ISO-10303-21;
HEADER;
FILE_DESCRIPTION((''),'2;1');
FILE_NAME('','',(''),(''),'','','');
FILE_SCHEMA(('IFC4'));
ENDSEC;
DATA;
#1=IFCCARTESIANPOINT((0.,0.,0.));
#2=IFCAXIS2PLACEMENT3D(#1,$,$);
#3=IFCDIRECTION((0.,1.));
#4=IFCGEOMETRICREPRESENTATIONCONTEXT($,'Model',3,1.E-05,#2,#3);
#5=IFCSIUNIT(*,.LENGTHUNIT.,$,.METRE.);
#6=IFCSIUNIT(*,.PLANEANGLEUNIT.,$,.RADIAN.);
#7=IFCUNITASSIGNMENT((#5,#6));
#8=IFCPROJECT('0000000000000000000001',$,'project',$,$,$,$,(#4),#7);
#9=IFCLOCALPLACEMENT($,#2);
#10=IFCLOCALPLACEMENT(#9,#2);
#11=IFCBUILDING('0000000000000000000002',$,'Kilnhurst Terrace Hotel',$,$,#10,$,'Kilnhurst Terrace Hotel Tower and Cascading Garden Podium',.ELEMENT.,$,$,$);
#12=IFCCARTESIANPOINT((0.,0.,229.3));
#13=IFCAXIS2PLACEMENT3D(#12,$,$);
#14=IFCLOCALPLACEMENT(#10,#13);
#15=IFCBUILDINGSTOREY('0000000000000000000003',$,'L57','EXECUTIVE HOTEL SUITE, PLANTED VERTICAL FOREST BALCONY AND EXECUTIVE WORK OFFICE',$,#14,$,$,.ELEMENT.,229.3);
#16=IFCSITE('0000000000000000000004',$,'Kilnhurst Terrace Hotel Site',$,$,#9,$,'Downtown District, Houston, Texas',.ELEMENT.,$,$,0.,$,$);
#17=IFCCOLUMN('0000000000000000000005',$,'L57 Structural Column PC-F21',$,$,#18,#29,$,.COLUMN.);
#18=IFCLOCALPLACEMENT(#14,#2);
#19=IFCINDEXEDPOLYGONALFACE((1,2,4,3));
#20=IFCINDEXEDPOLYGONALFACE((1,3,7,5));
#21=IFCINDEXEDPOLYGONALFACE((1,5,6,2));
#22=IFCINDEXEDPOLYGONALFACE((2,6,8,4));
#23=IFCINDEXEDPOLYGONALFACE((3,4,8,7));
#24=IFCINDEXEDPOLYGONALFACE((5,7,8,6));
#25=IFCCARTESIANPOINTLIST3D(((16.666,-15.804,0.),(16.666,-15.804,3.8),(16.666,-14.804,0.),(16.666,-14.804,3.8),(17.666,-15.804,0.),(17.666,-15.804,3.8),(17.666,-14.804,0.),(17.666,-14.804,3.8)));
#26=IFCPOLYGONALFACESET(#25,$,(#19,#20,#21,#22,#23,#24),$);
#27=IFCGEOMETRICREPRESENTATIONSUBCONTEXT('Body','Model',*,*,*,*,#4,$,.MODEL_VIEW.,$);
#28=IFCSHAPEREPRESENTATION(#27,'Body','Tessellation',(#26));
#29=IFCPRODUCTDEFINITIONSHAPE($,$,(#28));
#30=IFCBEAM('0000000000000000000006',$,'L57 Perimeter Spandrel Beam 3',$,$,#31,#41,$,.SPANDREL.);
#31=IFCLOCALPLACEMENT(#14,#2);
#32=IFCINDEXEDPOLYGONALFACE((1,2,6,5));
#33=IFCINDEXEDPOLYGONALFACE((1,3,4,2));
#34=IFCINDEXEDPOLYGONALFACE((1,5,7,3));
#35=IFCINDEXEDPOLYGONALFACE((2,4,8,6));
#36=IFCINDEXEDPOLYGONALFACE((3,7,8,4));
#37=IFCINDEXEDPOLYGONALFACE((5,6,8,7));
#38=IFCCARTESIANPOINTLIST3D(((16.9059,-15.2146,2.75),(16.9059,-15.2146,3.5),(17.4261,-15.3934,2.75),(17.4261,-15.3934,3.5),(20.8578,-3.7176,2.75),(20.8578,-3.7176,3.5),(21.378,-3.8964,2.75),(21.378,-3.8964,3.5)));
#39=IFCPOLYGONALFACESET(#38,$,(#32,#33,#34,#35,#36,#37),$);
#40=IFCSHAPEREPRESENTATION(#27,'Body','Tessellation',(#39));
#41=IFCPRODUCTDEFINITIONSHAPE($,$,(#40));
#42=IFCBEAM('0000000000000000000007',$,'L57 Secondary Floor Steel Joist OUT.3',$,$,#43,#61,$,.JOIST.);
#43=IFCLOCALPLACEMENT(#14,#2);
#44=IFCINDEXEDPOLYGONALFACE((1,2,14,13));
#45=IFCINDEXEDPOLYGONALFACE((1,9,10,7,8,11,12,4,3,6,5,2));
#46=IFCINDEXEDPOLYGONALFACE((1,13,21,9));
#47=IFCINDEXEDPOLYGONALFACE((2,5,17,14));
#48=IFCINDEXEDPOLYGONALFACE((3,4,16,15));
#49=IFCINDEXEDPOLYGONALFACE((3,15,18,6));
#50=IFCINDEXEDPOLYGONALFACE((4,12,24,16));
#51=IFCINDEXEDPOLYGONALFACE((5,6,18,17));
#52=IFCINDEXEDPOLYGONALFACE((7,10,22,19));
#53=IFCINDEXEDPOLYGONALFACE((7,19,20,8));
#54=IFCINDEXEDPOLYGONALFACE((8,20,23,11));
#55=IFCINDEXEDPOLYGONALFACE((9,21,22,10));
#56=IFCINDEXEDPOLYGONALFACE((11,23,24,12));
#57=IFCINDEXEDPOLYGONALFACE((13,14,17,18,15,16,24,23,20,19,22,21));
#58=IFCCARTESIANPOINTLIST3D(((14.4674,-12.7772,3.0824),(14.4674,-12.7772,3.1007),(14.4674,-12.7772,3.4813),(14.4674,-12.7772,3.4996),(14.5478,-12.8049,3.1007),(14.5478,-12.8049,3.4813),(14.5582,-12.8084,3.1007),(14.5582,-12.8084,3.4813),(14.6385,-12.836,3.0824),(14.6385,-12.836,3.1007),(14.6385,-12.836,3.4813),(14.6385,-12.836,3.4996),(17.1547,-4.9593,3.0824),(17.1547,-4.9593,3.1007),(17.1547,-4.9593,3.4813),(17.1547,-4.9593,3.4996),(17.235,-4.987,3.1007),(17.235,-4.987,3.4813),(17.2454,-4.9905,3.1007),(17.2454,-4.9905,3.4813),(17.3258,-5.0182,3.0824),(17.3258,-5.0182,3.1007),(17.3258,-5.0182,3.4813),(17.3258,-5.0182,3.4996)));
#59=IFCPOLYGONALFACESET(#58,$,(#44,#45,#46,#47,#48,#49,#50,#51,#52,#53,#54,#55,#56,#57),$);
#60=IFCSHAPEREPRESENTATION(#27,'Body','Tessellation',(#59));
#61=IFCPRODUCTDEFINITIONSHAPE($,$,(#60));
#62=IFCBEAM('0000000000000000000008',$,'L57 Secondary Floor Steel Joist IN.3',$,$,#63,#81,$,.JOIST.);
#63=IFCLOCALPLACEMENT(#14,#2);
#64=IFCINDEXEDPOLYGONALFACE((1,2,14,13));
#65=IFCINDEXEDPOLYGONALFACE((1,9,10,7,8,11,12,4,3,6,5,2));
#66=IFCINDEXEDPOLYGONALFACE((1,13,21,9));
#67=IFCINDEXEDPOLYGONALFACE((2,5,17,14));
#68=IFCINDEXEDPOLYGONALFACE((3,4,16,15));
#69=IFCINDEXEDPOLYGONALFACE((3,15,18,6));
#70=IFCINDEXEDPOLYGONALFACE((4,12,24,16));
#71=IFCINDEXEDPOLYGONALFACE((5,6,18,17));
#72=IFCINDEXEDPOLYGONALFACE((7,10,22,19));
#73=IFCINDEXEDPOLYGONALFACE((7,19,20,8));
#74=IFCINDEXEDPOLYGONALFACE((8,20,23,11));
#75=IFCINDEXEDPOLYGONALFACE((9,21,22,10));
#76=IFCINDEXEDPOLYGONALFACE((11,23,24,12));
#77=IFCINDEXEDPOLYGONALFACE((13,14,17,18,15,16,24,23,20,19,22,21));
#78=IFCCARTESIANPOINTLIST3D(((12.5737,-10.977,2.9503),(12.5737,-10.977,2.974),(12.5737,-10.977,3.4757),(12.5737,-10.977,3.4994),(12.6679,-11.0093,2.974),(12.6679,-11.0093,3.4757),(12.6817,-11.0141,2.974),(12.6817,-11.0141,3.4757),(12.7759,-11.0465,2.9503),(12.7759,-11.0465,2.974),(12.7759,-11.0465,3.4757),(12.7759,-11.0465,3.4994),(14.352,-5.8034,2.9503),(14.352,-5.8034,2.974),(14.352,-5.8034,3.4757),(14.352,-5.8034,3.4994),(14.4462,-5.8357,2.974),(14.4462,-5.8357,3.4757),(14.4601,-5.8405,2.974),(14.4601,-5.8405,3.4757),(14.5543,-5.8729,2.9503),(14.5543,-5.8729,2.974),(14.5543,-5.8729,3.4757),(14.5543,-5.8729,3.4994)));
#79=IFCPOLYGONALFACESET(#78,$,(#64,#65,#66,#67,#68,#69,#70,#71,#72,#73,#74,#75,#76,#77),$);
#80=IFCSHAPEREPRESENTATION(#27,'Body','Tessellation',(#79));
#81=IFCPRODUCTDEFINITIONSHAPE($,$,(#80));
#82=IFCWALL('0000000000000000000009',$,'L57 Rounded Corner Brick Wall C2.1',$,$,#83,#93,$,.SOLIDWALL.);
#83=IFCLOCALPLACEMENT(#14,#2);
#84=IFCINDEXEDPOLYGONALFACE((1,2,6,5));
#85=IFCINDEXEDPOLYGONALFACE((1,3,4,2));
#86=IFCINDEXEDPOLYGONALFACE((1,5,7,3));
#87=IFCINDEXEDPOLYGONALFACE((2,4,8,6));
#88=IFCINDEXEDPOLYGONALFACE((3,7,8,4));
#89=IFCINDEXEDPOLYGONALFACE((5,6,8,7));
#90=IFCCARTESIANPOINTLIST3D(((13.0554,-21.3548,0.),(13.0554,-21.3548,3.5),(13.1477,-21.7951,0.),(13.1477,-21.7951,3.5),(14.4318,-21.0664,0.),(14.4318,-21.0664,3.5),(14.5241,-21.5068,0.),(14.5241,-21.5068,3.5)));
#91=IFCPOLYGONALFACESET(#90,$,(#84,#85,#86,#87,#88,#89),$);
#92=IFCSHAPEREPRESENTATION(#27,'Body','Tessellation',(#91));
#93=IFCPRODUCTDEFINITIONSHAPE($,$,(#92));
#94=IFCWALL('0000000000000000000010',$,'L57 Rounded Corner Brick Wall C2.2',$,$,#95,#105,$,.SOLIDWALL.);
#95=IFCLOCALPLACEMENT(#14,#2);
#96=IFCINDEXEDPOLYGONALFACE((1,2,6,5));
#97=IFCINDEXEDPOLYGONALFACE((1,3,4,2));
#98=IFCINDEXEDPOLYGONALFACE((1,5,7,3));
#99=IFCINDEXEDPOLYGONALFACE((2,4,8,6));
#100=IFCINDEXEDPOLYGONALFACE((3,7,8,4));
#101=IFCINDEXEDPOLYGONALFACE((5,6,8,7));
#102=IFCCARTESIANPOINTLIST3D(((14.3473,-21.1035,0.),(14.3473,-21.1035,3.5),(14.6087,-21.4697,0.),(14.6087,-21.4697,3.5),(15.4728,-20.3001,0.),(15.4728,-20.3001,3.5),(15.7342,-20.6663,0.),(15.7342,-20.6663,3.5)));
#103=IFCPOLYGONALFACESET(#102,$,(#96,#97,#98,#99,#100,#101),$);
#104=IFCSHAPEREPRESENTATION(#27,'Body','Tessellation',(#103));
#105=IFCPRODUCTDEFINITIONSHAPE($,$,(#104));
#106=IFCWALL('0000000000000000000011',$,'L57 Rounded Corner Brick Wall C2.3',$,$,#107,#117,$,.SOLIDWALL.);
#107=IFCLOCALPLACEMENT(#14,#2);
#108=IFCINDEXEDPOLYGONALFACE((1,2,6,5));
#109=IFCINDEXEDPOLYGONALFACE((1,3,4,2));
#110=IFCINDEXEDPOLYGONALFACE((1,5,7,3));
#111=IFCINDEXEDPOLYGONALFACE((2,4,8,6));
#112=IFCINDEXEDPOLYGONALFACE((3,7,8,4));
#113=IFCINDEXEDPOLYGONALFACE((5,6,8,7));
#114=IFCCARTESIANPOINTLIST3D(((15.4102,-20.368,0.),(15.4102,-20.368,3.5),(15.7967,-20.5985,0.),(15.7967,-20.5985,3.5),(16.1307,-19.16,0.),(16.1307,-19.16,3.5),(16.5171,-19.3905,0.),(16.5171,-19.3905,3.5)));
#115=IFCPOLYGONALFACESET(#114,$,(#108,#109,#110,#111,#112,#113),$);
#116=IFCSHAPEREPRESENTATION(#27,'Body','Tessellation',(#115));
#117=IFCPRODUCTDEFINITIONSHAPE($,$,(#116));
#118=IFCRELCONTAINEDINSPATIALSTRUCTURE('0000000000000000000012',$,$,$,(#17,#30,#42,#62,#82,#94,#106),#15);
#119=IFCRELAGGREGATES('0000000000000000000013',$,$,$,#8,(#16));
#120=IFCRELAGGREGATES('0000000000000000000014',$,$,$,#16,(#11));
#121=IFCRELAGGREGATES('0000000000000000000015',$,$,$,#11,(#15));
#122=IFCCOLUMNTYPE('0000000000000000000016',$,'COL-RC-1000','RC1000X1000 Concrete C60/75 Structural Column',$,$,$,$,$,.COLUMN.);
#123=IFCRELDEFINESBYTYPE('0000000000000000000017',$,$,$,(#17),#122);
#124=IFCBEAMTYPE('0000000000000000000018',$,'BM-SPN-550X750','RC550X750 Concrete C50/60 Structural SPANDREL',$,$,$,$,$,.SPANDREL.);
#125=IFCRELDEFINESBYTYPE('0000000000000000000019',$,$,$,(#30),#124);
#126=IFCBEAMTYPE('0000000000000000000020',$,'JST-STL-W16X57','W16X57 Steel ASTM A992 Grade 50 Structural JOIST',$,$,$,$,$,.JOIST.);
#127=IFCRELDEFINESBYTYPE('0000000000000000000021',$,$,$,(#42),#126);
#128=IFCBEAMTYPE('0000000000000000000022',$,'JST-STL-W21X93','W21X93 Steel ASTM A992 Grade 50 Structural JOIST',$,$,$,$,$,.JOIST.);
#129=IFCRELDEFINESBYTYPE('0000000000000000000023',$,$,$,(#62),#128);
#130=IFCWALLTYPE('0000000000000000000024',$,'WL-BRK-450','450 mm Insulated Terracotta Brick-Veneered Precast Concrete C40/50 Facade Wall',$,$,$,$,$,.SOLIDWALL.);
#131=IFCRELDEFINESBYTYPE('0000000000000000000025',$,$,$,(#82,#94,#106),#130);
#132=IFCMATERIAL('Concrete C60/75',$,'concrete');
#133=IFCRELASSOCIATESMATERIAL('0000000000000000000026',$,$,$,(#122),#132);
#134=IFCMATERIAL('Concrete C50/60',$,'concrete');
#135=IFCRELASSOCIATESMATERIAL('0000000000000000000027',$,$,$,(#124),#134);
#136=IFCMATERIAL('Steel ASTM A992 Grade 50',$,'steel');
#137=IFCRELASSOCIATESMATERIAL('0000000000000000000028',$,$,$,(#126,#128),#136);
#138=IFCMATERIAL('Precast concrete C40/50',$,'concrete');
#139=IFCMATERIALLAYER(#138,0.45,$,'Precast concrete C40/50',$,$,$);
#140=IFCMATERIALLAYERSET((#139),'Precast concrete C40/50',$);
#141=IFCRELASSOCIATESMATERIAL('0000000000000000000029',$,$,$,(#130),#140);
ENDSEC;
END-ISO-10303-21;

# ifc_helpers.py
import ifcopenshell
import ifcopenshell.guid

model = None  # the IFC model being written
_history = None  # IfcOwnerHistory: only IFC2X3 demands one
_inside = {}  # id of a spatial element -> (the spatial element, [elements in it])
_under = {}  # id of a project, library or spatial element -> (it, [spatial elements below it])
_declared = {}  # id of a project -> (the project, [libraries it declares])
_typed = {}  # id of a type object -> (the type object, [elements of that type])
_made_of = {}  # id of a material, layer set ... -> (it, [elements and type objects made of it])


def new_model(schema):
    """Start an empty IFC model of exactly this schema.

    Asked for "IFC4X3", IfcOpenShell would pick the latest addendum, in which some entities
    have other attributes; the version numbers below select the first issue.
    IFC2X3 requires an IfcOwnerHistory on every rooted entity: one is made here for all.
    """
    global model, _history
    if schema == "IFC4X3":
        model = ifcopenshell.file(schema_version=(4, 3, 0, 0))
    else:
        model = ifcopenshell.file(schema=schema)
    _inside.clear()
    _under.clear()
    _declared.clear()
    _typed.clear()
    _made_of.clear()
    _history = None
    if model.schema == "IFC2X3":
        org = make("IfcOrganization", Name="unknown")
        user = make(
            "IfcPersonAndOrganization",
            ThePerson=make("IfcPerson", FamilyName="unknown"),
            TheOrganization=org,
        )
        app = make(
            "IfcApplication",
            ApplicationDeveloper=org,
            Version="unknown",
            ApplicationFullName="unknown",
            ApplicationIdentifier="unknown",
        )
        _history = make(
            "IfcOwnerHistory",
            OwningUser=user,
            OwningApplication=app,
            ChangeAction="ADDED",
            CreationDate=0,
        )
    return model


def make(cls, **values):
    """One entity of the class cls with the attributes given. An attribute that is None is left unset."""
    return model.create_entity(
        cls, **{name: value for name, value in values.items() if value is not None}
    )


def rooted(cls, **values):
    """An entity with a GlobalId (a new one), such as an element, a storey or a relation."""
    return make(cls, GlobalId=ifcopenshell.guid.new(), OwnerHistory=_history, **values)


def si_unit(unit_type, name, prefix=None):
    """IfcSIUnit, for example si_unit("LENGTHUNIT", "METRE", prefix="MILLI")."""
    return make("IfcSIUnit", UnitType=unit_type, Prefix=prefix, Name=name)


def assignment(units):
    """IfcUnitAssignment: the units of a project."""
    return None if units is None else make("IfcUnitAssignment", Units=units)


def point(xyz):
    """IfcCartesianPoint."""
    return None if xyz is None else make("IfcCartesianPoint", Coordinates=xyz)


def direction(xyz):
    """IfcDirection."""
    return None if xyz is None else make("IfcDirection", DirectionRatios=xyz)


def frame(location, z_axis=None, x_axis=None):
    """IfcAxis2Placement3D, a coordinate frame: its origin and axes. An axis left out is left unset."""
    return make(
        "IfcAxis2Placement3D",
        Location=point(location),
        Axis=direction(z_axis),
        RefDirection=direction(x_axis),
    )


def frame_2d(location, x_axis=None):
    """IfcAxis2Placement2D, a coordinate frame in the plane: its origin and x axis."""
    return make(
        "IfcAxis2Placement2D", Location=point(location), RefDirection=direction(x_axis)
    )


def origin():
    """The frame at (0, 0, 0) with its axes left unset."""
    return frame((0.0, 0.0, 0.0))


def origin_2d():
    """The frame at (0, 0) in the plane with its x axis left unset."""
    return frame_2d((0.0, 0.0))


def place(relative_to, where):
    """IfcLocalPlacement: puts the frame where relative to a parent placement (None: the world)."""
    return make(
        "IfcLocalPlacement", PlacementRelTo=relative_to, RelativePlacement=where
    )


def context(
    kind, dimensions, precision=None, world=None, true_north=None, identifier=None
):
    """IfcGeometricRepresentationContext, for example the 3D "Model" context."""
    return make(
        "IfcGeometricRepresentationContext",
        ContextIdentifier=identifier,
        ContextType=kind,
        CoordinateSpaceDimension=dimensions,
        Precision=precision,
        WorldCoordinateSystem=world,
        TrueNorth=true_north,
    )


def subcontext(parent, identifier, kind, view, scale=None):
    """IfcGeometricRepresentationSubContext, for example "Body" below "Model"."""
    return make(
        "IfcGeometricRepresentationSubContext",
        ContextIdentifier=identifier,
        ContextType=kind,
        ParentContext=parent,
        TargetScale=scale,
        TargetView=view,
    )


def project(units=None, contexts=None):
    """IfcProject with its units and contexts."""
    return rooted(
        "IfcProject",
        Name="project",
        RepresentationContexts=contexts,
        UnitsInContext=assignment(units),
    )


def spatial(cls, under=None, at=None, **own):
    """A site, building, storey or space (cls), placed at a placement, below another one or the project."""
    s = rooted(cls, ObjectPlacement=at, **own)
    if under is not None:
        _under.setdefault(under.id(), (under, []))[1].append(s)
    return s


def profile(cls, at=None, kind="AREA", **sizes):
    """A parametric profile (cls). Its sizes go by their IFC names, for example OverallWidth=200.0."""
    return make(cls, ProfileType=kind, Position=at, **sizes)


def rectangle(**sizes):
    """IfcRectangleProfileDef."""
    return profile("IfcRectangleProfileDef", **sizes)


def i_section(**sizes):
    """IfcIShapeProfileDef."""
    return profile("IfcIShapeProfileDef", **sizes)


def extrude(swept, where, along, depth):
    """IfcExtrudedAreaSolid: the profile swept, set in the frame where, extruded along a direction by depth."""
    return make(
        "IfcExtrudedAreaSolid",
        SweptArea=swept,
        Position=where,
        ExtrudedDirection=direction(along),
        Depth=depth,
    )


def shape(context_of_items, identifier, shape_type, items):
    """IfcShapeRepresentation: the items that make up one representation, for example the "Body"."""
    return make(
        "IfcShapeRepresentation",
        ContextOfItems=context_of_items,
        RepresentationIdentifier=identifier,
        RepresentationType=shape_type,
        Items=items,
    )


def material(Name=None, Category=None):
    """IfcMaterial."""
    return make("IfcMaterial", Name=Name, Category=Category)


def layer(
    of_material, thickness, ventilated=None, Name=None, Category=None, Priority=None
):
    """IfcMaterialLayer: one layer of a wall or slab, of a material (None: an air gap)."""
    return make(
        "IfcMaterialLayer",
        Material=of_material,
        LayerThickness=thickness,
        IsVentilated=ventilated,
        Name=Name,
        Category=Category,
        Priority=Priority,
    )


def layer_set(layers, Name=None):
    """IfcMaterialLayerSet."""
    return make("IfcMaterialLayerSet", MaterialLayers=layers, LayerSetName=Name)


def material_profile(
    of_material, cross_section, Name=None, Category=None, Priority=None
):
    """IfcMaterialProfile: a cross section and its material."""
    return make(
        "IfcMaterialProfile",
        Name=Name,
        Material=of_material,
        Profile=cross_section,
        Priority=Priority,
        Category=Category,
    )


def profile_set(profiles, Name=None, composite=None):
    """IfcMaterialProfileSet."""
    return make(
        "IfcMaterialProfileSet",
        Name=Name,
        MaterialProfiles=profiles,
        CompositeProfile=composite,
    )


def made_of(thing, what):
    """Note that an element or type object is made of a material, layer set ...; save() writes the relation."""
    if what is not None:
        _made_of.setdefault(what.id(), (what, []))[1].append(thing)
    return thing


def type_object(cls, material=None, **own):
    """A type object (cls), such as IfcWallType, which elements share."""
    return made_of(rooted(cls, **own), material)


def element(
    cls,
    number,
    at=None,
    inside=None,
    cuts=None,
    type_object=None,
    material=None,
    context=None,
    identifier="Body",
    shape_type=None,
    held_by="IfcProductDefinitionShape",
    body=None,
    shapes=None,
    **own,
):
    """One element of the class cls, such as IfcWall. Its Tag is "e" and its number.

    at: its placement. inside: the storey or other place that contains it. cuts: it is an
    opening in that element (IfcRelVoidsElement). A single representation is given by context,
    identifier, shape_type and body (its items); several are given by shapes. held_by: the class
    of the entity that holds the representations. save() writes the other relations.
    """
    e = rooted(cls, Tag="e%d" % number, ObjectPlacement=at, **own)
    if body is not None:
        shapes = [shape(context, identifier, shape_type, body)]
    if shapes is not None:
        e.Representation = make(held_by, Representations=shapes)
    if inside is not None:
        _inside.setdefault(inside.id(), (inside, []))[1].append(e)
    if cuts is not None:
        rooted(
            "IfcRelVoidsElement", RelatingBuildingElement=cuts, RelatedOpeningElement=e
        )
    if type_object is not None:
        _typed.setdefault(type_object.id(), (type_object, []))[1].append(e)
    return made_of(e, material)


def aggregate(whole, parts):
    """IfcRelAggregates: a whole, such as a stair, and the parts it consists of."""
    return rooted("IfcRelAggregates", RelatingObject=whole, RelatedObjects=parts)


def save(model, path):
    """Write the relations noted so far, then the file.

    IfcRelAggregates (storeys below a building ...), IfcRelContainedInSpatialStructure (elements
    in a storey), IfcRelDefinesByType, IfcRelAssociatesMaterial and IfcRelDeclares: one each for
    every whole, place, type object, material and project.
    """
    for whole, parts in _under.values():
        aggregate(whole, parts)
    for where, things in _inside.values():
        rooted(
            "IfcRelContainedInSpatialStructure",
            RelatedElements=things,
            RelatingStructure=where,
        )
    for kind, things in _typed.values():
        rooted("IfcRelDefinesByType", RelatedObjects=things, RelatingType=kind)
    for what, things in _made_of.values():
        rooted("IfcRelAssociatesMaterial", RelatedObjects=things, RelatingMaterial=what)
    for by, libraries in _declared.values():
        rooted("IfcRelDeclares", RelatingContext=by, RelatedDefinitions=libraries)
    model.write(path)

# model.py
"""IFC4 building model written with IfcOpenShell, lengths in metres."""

from ifc_helpers import new_model, si_unit, direction, frame, frame_2d, origin, origin_2d, place, context, subcontext, project, spatial, rectangle, i_section, extrude, material, layer, layer_set, material_profile, profile_set, type_object, element, save


model = new_model("IFC4")

# Units and contexts
model_context = context("Model", 3, precision=1e-05, world=origin(), true_north=direction((0.0, 1.0)))
body_context = subcontext(model_context, "Body", "Model", "MODEL_VIEW")
ifc_project = project(units=[si_unit("LENGTHUNIT", "METRE"), si_unit("PLANEANGLEUNIT", "RADIAN")], contexts=[model_context])

# Site, building, storey
site_placement = place(None, origin())
site = spatial("IfcSite", under=ifc_project, at=site_placement, Name="Kilnhurst Terrace Hotel Site", LongName="Downtown District, Houston, Texas", CompositionType="ELEMENT", RefElevation=0.0)
building_placement = place(site_placement, origin())
building = spatial("IfcBuilding", under=site, at=building_placement, Name="Kilnhurst Terrace Hotel", LongName="Kilnhurst Terrace Hotel Tower and Cascading Garden Podium", CompositionType="ELEMENT")
storey_placement = place(building_placement, frame((0.0, 0.0, 229.3)))
storey = spatial("IfcBuildingStorey", under=building, at=storey_placement, Name="L57", Description="EXECUTIVE HOTEL SUITE, PLANTED VERTICAL FOREST BALCONY AND EXECUTIVE WORK OFFICE", CompositionType="ELEMENT", Elevation=229.3)

# Column
ifc_material_1 = material(Name="Concrete C60/75", Category="concrete")
ifc_material_profile_1 = material_profile(ifc_material_1, rectangle(XDim=1.0, YDim=1.0, at=origin_2d()), Name="RC1000X1000")
ifc_profile_set_1 = profile_set([ifc_material_profile_1], Name="Concrete C60/75")
column_type = type_object("IfcColumnType", Name="COL-RC-1000", Description="RC1000X1000 Concrete C60/75 Structural Column", PredefinedType="COLUMN", material=ifc_profile_set_1)
column_placement = place(storey_placement, frame((17.166, -15.304, 0.0), z_axis=(0.0, 0.0, 1.0), x_axis=(1.0, 0.0, 0.0)))
element("IfcColumn", 1, at=column_placement, inside=storey, type_object=column_type, Name="L57 Structural Column PC-F21", PredefinedType="COLUMN", context=body_context, shape_type="SweptSolid", body=[
    extrude(rectangle(XDim=1.0, YDim=1.0, at=origin_2d()), origin(), (0.0, 0.0, 1.0), 3.8),
])

# Beams
ifc_material_2 = material(Name="Concrete C50/60", Category="concrete")
ifc_material_profile_2 = material_profile(ifc_material_2, rectangle(XDim=0.55, YDim=0.75, at=origin_2d()), Name="RC550X750")
ifc_profile_set_2 = profile_set([ifc_material_profile_2], Name="Concrete C50/60")
beam_type_1 = type_object("IfcBeamType", Name="BM-SPN-550X750", Description="RC550X750 Concrete C50/60 Structural SPANDREL", PredefinedType="SPANDREL", material=ifc_profile_set_2)
beam_1_placement = place(storey_placement, frame((17.166, -15.304, 3.125), z_axis=(0.325064, 0.945692, 0.0), x_axis=(-0.945692, 0.325064, 0.0)))
element("IfcBeam", 2, at=beam_1_placement, inside=storey, type_object=beam_type_1, Name="L57 Perimeter Spandrel Beam 3", PredefinedType="SPANDREL", context=body_context, shape_type="SweptSolid", body=[
    extrude(rectangle(XDim=0.55, YDim=0.75, at=origin_2d()), origin(), (0.0, 0.0, 1.0), 12.1572),
])
ifc_material_3 = material(Name="Steel ASTM A992 Grade 50", Category="steel")
ifc_material_profile_3 = material_profile(ifc_material_3, i_section(OverallWidth=0.1809, OverallDepth=0.4172, WebThickness=0.011, FlangeThickness=0.0183, at=origin_2d()), Name="W16X57")
ifc_profile_set_3 = profile_set([ifc_material_profile_3], Name="Steel ASTM A992 Grade 50")
beam_type_2 = type_object("IfcBeamType", Name="JST-STL-W16X57", Description="W16X57 Steel ASTM A992 Grade 50 Structural JOIST", PredefinedType="JOIST", material=ifc_profile_set_3)
beam_2_placement = place(storey_placement, frame((14.553, -12.8066, 3.291), z_axis=(0.325065, 0.945692, 0.0), x_axis=(-0.945692, 0.325065, 0.0)))
element("IfcBeam", 3, at=beam_2_placement, inside=storey, type_object=beam_type_2, Name="L57 Secondary Floor Steel Joist OUT.3", PredefinedType="JOIST", context=body_context, shape_type="SweptSolid", body=[
    extrude(i_section(OverallWidth=0.1809, OverallDepth=0.4172, WebThickness=0.011, FlangeThickness=0.0183, at=origin_2d()), origin(), (0.0, 0.0, 1.0), 8.2668),
])
ifc_material_profile_4 = material_profile(ifc_material_3, i_section(OverallWidth=0.2139, OverallDepth=0.5491, WebThickness=0.0146, FlangeThickness=0.0237, at=origin_2d()), Name="W21X93")
ifc_profile_set_4 = profile_set([ifc_material_profile_4], Name="Steel ASTM A992 Grade 50")
beam_type_3 = type_object("IfcBeamType", Name="JST-STL-W21X93", Description="W21X93 Steel ASTM A992 Grade 50 Structural JOIST", PredefinedType="JOIST", material=ifc_profile_set_4)
beam_3_placement = place(storey_placement, frame((12.6748, -11.0117, 3.2249), z_axis=(0.325064, 0.945692, 0.0), x_axis=(-0.945692, 0.325064, 0.0)))
element("IfcBeam", 4, at=beam_3_placement, inside=storey, type_object=beam_type_3, Name="L57 Secondary Floor Steel Joist IN.3", PredefinedType="JOIST", context=body_context, shape_type="SweptSolid", body=[
    extrude(i_section(OverallWidth=0.2139, OverallDepth=0.5491, WebThickness=0.0146, FlangeThickness=0.0237, at=origin_2d()), origin(), (0.0, 0.0, 1.0), 5.4707),
])

# Walls
ifc_material_4 = material(Name="Precast concrete C40/50", Category="concrete")
ifc_layer_1 = layer(ifc_material_4, 0.45, Name="Precast concrete C40/50")
ifc_layer_set_1 = layer_set([ifc_layer_1], Name="Precast concrete C40/50")
wall_type_1 = type_object("IfcWallType", Name="WL-BRK-450", Description="450 mm Insulated Terracotta Brick-Veneered Precast Concrete C40/50 Facade Wall", PredefinedType="SOLIDWALL", material=ifc_layer_set_1)
wall_1_placement = place(storey_placement, frame((13.1016, -21.575, 0.0), z_axis=(0.0, 0.0, 1.0), x_axis=(0.978757, 0.205022, 0.0)))
element("IfcWall", 5, at=wall_1_placement, inside=storey, type_object=wall_type_1, Name="L57 Rounded Corner Brick Wall C2.1", PredefinedType="SOLIDWALL", context=body_context, shape_type="SweptSolid", body=[
    extrude(rectangle(XDim=1.4062, YDim=0.45, at=frame_2d((0.7031, 0.0))), origin(), (0.0, 0.0, 1.0), 3.5),
])
wall_2_placement = place(storey_placement, frame((14.478, -21.2866, 0.0), z_axis=(0.0, 0.0, 1.0), x_axis=(0.813889, 0.581021, 0.0)))
element("IfcWall", 6, at=wall_2_placement, inside=storey, type_object=wall_type_1, Name="L57 Rounded Corner Brick Wall C2.2", PredefinedType="SOLIDWALL", context=body_context, shape_type="SweptSolid", body=[
    extrude(rectangle(XDim=1.3828, YDim=0.45, at=frame_2d((0.6914, 0.0))), origin(), (0.0, 0.0, 1.0), 3.5),
])
wall_3_placement = place(storey_placement, frame((15.6035, -20.4832, 0.0), z_axis=(0.0, 0.0, 1.0), x_axis=(0.512222, 0.858853, 0.0)))
element("IfcWall", 7, at=wall_3_placement, inside=storey, type_object=wall_type_1, Name="L57 Rounded Corner Brick Wall C2.3", PredefinedType="SOLIDWALL", context=body_context, shape_type="SweptSolid", body=[
    extrude(rectangle(XDim=1.4065, YDim=0.45, at=frame_2d((0.7031, 0.0))), origin(), (0.0, 0.0, 1.0), 3.5),
])

save(model, "model.ifc")
